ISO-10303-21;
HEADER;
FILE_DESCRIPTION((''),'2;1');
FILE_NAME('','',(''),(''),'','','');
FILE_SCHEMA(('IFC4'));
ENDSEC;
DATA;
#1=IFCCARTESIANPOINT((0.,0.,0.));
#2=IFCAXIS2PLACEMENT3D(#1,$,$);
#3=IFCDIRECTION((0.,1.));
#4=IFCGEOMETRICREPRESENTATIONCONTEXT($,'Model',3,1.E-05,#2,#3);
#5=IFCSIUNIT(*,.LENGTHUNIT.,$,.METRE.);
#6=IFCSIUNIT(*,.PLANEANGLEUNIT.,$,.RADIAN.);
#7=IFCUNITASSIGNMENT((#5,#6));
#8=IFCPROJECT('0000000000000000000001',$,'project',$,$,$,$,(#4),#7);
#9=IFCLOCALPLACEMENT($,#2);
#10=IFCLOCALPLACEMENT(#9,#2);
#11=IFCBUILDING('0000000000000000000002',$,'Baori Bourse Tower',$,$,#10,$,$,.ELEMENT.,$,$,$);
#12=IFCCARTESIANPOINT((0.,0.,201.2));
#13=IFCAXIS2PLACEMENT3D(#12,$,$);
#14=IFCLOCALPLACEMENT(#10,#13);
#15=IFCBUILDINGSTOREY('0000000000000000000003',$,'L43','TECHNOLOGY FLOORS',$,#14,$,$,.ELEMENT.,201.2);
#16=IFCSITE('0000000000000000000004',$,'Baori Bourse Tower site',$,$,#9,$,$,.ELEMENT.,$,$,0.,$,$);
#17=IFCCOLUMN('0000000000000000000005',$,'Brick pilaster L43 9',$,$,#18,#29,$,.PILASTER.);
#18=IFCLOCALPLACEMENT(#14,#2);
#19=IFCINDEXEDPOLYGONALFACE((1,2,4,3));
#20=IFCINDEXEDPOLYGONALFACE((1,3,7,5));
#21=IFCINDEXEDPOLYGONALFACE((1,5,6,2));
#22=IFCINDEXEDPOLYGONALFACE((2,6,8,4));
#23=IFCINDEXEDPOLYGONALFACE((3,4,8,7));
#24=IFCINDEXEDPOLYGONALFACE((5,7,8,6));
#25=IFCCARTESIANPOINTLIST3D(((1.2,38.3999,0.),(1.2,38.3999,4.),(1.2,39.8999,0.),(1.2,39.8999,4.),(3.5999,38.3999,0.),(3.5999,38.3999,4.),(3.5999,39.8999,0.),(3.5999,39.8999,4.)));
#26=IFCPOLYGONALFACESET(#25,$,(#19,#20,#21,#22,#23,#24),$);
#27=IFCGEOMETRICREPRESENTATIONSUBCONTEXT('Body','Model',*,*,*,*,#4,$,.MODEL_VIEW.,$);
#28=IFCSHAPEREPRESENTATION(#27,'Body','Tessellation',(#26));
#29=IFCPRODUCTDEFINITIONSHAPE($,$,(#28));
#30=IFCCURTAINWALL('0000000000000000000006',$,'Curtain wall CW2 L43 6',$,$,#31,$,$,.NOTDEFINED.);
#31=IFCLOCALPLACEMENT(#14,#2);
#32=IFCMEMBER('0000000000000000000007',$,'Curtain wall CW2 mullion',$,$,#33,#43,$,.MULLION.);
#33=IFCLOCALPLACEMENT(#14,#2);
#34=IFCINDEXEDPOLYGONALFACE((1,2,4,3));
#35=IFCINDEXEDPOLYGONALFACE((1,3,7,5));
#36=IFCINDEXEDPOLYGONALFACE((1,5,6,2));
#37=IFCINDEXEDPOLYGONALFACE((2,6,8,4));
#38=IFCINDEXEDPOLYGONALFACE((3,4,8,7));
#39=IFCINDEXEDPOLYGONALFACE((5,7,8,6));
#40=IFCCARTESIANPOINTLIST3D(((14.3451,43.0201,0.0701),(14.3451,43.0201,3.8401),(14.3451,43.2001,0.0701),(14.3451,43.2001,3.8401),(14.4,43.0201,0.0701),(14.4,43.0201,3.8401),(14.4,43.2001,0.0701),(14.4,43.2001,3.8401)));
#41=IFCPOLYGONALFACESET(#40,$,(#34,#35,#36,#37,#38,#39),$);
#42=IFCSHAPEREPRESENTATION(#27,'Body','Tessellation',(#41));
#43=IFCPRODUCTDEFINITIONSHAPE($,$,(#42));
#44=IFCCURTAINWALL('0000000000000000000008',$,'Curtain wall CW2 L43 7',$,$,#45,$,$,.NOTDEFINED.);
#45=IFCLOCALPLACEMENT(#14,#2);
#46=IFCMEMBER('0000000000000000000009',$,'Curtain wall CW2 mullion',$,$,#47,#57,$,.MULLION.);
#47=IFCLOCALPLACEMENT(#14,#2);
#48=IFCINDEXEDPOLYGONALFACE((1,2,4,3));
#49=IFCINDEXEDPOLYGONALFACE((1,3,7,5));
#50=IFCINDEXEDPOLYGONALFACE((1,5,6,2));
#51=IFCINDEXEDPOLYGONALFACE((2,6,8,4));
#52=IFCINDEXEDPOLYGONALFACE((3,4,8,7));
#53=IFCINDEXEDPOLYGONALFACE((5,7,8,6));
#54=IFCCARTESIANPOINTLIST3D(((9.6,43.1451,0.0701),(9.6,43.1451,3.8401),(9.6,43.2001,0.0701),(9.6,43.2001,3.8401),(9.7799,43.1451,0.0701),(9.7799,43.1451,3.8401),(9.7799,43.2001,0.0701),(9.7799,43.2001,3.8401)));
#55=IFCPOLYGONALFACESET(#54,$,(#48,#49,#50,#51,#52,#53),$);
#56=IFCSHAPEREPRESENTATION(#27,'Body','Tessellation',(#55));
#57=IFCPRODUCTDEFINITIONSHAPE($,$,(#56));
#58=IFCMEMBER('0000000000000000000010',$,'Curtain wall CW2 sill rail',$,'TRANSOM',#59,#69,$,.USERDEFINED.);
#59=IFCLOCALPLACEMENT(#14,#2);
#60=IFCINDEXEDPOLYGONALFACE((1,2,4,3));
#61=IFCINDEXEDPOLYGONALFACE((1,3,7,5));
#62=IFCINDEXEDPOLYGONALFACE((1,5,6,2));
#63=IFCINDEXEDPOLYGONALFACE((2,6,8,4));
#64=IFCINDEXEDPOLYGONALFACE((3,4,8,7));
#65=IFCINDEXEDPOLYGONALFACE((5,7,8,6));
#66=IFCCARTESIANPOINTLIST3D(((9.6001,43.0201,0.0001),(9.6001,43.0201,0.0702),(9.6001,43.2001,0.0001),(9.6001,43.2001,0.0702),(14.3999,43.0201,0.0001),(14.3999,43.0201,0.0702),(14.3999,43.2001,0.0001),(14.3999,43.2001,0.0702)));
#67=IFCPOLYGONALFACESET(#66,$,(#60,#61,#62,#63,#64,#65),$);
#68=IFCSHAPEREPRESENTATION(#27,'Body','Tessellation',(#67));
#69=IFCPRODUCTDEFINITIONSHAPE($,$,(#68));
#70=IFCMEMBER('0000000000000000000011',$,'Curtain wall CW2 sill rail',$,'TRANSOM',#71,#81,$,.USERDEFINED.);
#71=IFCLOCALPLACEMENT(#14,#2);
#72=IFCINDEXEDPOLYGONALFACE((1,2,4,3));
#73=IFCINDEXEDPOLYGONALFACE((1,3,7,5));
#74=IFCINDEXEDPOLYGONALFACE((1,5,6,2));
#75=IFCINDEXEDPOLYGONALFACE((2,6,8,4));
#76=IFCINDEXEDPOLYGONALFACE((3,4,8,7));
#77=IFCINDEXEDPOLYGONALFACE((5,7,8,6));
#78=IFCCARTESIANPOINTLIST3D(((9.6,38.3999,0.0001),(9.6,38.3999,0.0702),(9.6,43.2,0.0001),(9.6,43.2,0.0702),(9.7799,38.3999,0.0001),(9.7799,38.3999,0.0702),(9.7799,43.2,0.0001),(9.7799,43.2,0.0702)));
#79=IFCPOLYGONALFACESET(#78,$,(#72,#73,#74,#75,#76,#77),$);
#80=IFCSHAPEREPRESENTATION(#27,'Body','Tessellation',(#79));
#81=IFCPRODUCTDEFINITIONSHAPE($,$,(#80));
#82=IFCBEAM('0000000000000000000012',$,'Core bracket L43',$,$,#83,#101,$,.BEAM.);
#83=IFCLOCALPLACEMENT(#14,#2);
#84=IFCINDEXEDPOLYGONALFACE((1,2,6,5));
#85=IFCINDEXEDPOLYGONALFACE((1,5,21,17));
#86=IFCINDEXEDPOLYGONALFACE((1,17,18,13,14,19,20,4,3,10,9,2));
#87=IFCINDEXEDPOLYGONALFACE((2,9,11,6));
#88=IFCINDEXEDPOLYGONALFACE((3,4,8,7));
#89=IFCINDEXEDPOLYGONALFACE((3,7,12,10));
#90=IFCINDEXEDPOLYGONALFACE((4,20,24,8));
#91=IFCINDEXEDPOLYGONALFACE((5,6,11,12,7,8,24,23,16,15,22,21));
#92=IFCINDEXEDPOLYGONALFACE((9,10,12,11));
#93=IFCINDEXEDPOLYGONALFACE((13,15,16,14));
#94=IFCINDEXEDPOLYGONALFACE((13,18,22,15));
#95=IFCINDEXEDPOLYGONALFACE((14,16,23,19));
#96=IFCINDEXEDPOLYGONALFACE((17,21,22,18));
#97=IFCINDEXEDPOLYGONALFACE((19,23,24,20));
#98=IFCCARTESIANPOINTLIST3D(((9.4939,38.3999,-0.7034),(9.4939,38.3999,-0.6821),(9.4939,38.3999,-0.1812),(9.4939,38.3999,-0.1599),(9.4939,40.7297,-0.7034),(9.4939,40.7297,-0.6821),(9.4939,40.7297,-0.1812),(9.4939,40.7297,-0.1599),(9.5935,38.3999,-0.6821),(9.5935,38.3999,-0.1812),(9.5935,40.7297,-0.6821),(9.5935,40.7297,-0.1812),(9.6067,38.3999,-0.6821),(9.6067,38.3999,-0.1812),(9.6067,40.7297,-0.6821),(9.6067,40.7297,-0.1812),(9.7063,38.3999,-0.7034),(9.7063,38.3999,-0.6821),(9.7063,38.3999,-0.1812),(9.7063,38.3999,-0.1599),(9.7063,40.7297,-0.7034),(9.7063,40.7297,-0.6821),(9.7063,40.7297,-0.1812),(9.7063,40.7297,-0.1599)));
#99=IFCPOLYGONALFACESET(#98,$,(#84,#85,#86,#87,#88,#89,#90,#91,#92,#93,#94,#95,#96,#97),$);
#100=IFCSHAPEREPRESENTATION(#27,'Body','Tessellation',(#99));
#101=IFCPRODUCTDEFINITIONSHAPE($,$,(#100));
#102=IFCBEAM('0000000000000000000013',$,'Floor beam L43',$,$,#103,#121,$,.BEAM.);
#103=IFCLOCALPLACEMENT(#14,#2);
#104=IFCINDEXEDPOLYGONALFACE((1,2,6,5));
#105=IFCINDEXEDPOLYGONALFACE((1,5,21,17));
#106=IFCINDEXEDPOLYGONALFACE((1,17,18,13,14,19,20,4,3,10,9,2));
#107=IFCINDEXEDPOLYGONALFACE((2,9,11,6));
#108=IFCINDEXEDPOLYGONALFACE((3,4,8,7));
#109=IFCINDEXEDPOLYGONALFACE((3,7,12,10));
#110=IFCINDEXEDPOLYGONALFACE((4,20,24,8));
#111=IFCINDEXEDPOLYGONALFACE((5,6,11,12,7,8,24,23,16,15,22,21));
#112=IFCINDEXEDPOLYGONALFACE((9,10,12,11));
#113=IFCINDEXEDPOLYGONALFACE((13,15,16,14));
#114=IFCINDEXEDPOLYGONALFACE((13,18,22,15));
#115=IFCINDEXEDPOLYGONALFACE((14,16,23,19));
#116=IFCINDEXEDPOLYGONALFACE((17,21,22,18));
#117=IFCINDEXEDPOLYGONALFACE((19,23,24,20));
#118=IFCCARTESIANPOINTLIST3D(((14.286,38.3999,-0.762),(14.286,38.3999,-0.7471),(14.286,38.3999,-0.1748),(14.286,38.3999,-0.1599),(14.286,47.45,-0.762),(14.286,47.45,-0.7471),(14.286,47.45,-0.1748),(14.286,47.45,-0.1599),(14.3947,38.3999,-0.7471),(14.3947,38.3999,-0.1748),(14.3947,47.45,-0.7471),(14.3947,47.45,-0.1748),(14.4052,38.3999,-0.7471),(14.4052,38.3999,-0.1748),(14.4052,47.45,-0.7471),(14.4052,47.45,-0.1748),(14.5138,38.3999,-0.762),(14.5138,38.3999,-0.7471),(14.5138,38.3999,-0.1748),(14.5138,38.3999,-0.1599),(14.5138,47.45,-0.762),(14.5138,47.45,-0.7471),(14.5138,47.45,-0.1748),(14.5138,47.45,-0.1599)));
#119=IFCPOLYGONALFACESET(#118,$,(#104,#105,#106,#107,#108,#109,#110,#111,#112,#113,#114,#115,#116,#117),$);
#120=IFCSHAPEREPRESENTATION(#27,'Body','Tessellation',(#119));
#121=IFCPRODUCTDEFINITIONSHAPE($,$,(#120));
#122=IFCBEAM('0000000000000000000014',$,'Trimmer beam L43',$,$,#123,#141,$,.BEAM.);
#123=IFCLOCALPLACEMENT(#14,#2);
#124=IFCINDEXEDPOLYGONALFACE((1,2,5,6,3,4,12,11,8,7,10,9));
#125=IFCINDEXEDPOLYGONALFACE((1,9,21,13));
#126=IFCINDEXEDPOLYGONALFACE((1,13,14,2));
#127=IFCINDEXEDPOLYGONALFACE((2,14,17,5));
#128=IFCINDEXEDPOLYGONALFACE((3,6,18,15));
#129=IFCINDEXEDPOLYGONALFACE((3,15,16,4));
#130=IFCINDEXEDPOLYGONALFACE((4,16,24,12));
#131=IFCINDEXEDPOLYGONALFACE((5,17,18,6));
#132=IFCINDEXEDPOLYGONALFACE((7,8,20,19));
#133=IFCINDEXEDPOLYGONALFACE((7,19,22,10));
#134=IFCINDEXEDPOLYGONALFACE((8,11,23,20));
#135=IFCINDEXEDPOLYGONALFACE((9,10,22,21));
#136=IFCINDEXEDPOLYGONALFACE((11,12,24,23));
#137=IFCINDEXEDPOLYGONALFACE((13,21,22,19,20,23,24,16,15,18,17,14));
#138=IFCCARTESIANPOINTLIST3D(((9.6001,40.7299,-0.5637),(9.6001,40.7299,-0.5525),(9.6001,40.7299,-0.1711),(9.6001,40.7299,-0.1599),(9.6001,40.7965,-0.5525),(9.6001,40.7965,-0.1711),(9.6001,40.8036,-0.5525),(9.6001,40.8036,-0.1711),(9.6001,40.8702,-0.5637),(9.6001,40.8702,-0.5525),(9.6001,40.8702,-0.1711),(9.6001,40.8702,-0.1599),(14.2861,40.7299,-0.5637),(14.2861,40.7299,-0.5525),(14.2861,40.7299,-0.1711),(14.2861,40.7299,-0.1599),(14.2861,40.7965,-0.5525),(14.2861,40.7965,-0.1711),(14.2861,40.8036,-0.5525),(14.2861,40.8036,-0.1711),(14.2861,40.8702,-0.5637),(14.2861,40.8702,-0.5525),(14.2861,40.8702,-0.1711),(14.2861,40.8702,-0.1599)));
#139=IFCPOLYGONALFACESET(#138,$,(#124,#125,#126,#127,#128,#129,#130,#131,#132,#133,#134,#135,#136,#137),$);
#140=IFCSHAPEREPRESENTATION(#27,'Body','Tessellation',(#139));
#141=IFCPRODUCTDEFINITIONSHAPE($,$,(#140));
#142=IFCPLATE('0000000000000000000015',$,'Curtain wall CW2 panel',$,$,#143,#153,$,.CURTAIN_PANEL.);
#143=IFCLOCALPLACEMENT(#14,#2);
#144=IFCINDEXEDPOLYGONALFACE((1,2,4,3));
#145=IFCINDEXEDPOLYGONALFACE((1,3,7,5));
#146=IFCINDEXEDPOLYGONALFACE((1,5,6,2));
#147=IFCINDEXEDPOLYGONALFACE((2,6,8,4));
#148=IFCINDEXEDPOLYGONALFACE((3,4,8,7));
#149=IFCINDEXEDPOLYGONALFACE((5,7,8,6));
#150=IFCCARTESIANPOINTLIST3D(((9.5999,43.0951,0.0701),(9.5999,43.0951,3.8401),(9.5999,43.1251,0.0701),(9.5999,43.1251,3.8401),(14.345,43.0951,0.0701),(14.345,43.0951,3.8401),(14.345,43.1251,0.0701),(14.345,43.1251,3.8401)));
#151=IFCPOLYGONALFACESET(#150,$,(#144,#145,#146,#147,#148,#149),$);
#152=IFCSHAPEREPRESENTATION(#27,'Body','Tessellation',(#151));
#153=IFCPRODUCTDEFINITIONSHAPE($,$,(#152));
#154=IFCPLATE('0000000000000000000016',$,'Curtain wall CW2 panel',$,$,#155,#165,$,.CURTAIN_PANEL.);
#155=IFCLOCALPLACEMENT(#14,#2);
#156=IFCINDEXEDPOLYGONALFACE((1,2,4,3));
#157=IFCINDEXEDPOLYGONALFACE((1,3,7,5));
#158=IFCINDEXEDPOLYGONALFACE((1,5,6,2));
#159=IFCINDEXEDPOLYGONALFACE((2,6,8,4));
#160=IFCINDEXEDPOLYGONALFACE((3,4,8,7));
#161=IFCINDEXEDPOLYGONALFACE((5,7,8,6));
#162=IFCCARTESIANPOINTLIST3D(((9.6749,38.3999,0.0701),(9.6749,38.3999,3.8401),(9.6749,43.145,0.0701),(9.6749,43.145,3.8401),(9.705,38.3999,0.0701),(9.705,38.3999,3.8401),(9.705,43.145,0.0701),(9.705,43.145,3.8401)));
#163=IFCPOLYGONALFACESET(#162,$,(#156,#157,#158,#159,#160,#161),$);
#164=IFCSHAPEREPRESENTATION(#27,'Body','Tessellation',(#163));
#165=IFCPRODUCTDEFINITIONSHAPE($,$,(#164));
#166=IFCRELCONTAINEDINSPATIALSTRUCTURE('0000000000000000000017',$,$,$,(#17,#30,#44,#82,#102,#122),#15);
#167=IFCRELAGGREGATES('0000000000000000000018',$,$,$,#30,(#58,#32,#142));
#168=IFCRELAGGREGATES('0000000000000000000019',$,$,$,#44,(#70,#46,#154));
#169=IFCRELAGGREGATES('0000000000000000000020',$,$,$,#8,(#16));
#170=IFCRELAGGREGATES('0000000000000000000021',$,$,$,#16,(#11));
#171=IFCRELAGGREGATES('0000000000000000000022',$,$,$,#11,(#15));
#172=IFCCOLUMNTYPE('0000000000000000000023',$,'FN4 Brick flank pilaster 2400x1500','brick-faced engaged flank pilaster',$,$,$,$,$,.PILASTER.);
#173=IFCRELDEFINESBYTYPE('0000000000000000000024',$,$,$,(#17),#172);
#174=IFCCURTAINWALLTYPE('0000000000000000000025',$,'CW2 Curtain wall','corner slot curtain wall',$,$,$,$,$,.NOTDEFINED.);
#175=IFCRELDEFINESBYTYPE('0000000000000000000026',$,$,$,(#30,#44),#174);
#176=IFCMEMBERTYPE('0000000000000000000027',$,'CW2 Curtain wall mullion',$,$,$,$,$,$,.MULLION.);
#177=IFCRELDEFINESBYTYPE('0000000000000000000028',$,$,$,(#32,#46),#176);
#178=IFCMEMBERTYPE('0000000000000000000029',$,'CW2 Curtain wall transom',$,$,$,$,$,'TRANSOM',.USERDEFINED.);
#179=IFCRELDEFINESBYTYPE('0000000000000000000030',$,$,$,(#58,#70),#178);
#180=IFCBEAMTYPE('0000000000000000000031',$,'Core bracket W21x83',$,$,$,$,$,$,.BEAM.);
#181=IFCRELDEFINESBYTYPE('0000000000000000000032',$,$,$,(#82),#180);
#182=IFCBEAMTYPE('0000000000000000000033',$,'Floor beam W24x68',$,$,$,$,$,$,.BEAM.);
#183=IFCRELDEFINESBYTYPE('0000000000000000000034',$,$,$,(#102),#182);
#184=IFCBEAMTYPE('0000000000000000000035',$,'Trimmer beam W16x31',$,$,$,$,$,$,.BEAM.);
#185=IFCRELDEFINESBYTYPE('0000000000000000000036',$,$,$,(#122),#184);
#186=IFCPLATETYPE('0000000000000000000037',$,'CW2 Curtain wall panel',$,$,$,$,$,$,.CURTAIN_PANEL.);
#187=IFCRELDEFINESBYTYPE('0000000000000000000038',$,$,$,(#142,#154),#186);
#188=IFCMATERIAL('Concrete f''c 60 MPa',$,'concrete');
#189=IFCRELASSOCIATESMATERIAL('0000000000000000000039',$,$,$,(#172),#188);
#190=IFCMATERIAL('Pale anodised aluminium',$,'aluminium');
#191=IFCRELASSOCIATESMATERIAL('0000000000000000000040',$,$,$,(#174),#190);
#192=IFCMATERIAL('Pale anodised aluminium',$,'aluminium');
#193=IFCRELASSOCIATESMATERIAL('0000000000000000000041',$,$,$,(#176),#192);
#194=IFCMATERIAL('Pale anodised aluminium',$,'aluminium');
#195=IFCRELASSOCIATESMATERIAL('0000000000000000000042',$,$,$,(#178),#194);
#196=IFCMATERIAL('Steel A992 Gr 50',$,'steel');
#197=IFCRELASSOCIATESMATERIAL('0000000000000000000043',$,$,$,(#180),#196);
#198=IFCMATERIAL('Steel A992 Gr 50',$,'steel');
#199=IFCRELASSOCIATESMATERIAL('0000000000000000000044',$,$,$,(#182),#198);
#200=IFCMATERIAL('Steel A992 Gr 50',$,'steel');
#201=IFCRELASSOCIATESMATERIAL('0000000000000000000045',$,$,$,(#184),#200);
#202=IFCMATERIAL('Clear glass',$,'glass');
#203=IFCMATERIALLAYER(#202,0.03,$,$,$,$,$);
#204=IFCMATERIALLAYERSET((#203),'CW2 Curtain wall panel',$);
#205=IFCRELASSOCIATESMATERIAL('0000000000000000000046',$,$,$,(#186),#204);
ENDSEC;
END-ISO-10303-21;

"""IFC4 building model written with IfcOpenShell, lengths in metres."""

from ifc_helpers import new_model, si_unit, direction, frame, origin, origin_2d, place, context, subcontext, project, spatial, rectangle, i_section, extrude, material, layer, layer_set, material_profile, profile_set, type_object, element, aggregate, save


model = new_model("IFC4")

# Units and contexts
model_context = context("Model", 3, precision=1e-05, world=origin(), true_north=direction((0.0, 1.0)))
body_context = subcontext(model_context, "Body", "Model", "MODEL_VIEW")
ifc_project = project(units=[si_unit("LENGTHUNIT", "METRE"), si_unit("PLANEANGLEUNIT", "RADIAN")], contexts=[model_context])

# Site, building, storey
site_placement = place(None, origin())
site = spatial("IfcSite", under=ifc_project, at=site_placement, Name="Baori Bourse Tower site", CompositionType="ELEMENT", RefElevation=0.0)
building_placement = place(site_placement, origin())
building = spatial("IfcBuilding", under=site, at=building_placement, Name="Baori Bourse Tower", CompositionType="ELEMENT")
storey_placement = place(building_placement, frame((0.0, 0.0, 201.2)))
storey = spatial("IfcBuildingStorey", under=building, at=storey_placement, Name="L43", Description="TECHNOLOGY FLOORS", CompositionType="ELEMENT", Elevation=201.2)

# Column
ifc_material_1 = material(Name="Concrete f'c 60 MPa", Category="concrete")
ifc_material_profile_1 = material_profile(ifc_material_1, rectangle(XDim=2.3999, YDim=1.5, at=origin_2d()), Name="RC 2400x1500")
ifc_profile_set_1 = profile_set([ifc_material_profile_1], Name="Concrete f'c 60 MPa")
column_type = type_object("IfcColumnType", Name="FN4 Brick flank pilaster 2400x1500", Description="brick-faced engaged flank pilaster", PredefinedType="PILASTER", material=ifc_profile_set_1)
column_placement = place(storey_placement, frame((2.3999, 39.1499, 0.0), z_axis=(0.0, 0.0, 1.0), x_axis=(1.0, 0.0, 0.0)))
element("IfcColumn", 1, at=column_placement, inside=storey, type_object=column_type, Name="Brick pilaster L43 9", PredefinedType="PILASTER", context=body_context, shape_type="SweptSolid", body=[
    extrude(rectangle(XDim=2.3999, YDim=1.5, at=origin_2d()), origin(), (0.0, 0.0, 1.0), 4.0),
])

# Curtain walls, members
ifc_material_2 = material(Name="Pale anodised aluminium", Category="aluminium")
curtain_wall_type = type_object("IfcCurtainWallType", Name="CW2 Curtain wall", Description="corner slot curtain wall", PredefinedType="NOTDEFINED", material=ifc_material_2)
curtain_wall_1_placement = place(storey_placement, origin())
curtain_wall_1 = element("IfcCurtainWall", 2, at=curtain_wall_1_placement, inside=storey, type_object=curtain_wall_type, Name="Curtain wall CW2 L43 6", PredefinedType="NOTDEFINED")
ifc_material_3 = material(Name="Pale anodised aluminium", Category="aluminium")
ifc_material_profile_2 = material_profile(ifc_material_3, rectangle(XDim=0.1799, YDim=0.0549, at=origin_2d()), Name="Mullion 55x180")
ifc_profile_set_2 = profile_set([ifc_material_profile_2], Name="Pale anodised aluminium")
member_type_1 = type_object("IfcMemberType", Name="CW2 Curtain wall mullion", PredefinedType="MULLION", material=ifc_profile_set_2)
member_1_placement = place(storey_placement, frame((14.3726, 43.1101, 0.0701), z_axis=(0.0, 0.0, 1.0), x_axis=(0.0, -1.0, 0.0)))
member_1 = element("IfcMember", 3, at=member_1_placement, type_object=member_type_1, Name="Curtain wall CW2 mullion", PredefinedType="MULLION", context=body_context, shape_type="SweptSolid", body=[
    extrude(rectangle(XDim=0.1799, YDim=0.0549, at=origin_2d()), origin(), (0.0, 0.0, 1.0), 3.77),
])
curtain_wall_2_placement = place(storey_placement, origin())
curtain_wall_2 = element("IfcCurtainWall", 4, at=curtain_wall_2_placement, inside=storey, type_object=curtain_wall_type, Name="Curtain wall CW2 L43 7", PredefinedType="NOTDEFINED")
member_2_placement = place(storey_placement, frame((9.6899, 43.1726, 0.0701), z_axis=(0.0, 0.0, 1.0), x_axis=(1.0, 0.0, 0.0)))
member_2 = element("IfcMember", 5, at=member_2_placement, type_object=member_type_1, Name="Curtain wall CW2 mullion", PredefinedType="MULLION", context=body_context, shape_type="SweptSolid", body=[
    extrude(rectangle(XDim=0.1799, YDim=0.0549, at=origin_2d()), origin(), (0.0, 0.0, 1.0), 3.77),
])

# Members
ifc_material_4 = material(Name="Pale anodised aluminium", Category="aluminium")
ifc_material_profile_3 = material_profile(ifc_material_4, rectangle(XDim=0.1799, YDim=0.0701, at=origin_2d()), Name="Transom 70x180")
ifc_profile_set_3 = profile_set([ifc_material_profile_3], Name="Pale anodised aluminium")
member_type_2 = type_object("IfcMemberType", Name="CW2 Curtain wall transom", ElementType="TRANSOM", PredefinedType="USERDEFINED", material=ifc_profile_set_3)
member_3_placement = place(storey_placement, frame((14.3999, 43.1101, 0.0352), z_axis=(-1.0, 0.0, 0.0), x_axis=(0.0, -1.0, 0.0)))
member_3 = element("IfcMember", 6, at=member_3_placement, type_object=member_type_2, Name="Curtain wall CW2 sill rail", ObjectType="TRANSOM", PredefinedType="USERDEFINED", context=body_context, shape_type="SweptSolid", body=[
    extrude(rectangle(XDim=0.1799, YDim=0.0701, at=origin_2d()), origin(), (0.0, 0.0, 1.0), 4.7998),
])
member_4_placement = place(storey_placement, frame((9.6899, 43.2, 0.0352), z_axis=(0.0, -1.0, 0.0), x_axis=(1.0, 0.0, 0.0)))
member_4 = element("IfcMember", 7, at=member_4_placement, type_object=member_type_2, Name="Curtain wall CW2 sill rail", ObjectType="TRANSOM", PredefinedType="USERDEFINED", context=body_context, shape_type="SweptSolid", body=[
    extrude(rectangle(XDim=0.1799, YDim=0.0701, at=origin_2d()), origin(), (0.0, 0.0, 1.0), 4.8),
])

# Beams
ifc_material_5 = material(Name="Steel A992 Gr 50", Category="steel")
ifc_material_profile_4 = material_profile(ifc_material_5, i_section(OverallWidth=0.2124, OverallDepth=0.5435, WebThickness=0.0132, FlangeThickness=0.0212, at=origin_2d()), Name="W21x83")
ifc_profile_set_4 = profile_set([ifc_material_profile_4], Name="Steel A992 Gr 50")
beam_type_1 = type_object("IfcBeamType", Name="Core bracket W21x83", PredefinedType="BEAM", material=ifc_profile_set_4)
beam_1_placement = place(storey_placement, frame((9.6001, 38.3999, -0.4316), z_axis=(0.0, 1.0, 0.0), x_axis=(-1.0, 0.0, 0.0)))
element("IfcBeam", 8, at=beam_1_placement, inside=storey, type_object=beam_type_1, Name="Core bracket L43", PredefinedType="BEAM", context=body_context, shape_type="SweptSolid", body=[
    extrude(i_section(OverallWidth=0.2124, OverallDepth=0.5435, WebThickness=0.0132, FlangeThickness=0.0212, at=origin_2d()), origin(), (0.0, 0.0, 1.0), 2.3298),
])
ifc_material_6 = material(Name="Steel A992 Gr 50", Category="steel")
ifc_material_profile_5 = material_profile(ifc_material_6, i_section(OverallWidth=0.2278, OverallDepth=0.6021, WebThickness=0.0105, FlangeThickness=0.0149, at=origin_2d()), Name="W24x68")
ifc_profile_set_5 = profile_set([ifc_material_profile_5], Name="Steel A992 Gr 50")
beam_type_2 = type_object("IfcBeamType", Name="Floor beam W24x68", PredefinedType="BEAM", material=ifc_profile_set_5)
beam_2_placement = place(storey_placement, frame((14.3999, 38.3999, -0.4609), z_axis=(0.0, 1.0, 0.0), x_axis=(-1.0, 0.0, 0.0)))
element("IfcBeam", 9, at=beam_2_placement, inside=storey, type_object=beam_type_2, Name="Floor beam L43", PredefinedType="BEAM", context=body_context, shape_type="SweptSolid", body=[
    extrude(i_section(OverallWidth=0.2278, OverallDepth=0.6021, WebThickness=0.0105, FlangeThickness=0.0149, at=origin_2d()), origin(), (0.0, 0.0, 1.0), 9.05),
])
ifc_material_7 = material(Name="Steel A992 Gr 50", Category="steel")
ifc_material_profile_6 = material_profile(ifc_material_7, i_section(OverallWidth=0.1404, OverallDepth=0.4038, WebThickness=0.0071, FlangeThickness=0.0112, at=origin_2d()), Name="W16x31")
ifc_profile_set_6 = profile_set([ifc_material_profile_6], Name="Steel A992 Gr 50")
beam_type_3 = type_object("IfcBeamType", Name="Trimmer beam W16x31", PredefinedType="BEAM", material=ifc_profile_set_6)
beam_3_placement = place(storey_placement, frame((9.6001, 40.8, -0.3618), z_axis=(1.0, 0.0, 0.0), x_axis=(0.0, 1.0, 0.0)))
element("IfcBeam", 10, at=beam_3_placement, inside=storey, type_object=beam_type_3, Name="Trimmer beam L43", PredefinedType="BEAM", context=body_context, shape_type="SweptSolid", body=[
    extrude(i_section(OverallWidth=0.1404, OverallDepth=0.4038, WebThickness=0.0071, FlangeThickness=0.0112, at=origin_2d()), origin(), (0.0, 0.0, 1.0), 4.686),
])

# Plates
ifc_material_8 = material(Name="Clear glass", Category="glass")
ifc_layer_1 = layer(ifc_material_8, 0.03)
ifc_layer_set_1 = layer_set([ifc_layer_1], Name="CW2 Curtain wall panel")
plate_type = type_object("IfcPlateType", Name="CW2 Curtain wall panel", PredefinedType="CURTAIN_PANEL", material=ifc_layer_set_1)
plate_1_placement = place(storey_placement, frame((11.9724, 43.1101, 0.0701), z_axis=(0.0, 0.0, 1.0), x_axis=(-1.0, 0.0, 0.0)))
plate_1 = element("IfcPlate", 11, at=plate_1_placement, type_object=plate_type, Name="Curtain wall CW2 panel", PredefinedType="CURTAIN_PANEL", context=body_context, shape_type="SweptSolid", body=[
    extrude(rectangle(XDim=4.7451, YDim=0.03, at=origin_2d()), origin(), (0.0, 0.0, 1.0), 3.77),
])
aggregate(curtain_wall_1, [member_3, member_1, plate_1])
plate_2_placement = place(storey_placement, frame((9.6899, 40.7725, 0.0701), z_axis=(0.0, 0.0, 1.0), x_axis=(0.0, -1.0, 0.0)))
plate_2 = element("IfcPlate", 12, at=plate_2_placement, type_object=plate_type, Name="Curtain wall CW2 panel", PredefinedType="CURTAIN_PANEL", context=body_context, shape_type="SweptSolid", body=[
    extrude(rectangle(XDim=4.7451, YDim=0.03, at=origin_2d()), origin(), (0.0, 0.0, 1.0), 3.77),
])
aggregate(curtain_wall_2, [member_4, member_2, plate_2])

save(model, "model.ifc")
